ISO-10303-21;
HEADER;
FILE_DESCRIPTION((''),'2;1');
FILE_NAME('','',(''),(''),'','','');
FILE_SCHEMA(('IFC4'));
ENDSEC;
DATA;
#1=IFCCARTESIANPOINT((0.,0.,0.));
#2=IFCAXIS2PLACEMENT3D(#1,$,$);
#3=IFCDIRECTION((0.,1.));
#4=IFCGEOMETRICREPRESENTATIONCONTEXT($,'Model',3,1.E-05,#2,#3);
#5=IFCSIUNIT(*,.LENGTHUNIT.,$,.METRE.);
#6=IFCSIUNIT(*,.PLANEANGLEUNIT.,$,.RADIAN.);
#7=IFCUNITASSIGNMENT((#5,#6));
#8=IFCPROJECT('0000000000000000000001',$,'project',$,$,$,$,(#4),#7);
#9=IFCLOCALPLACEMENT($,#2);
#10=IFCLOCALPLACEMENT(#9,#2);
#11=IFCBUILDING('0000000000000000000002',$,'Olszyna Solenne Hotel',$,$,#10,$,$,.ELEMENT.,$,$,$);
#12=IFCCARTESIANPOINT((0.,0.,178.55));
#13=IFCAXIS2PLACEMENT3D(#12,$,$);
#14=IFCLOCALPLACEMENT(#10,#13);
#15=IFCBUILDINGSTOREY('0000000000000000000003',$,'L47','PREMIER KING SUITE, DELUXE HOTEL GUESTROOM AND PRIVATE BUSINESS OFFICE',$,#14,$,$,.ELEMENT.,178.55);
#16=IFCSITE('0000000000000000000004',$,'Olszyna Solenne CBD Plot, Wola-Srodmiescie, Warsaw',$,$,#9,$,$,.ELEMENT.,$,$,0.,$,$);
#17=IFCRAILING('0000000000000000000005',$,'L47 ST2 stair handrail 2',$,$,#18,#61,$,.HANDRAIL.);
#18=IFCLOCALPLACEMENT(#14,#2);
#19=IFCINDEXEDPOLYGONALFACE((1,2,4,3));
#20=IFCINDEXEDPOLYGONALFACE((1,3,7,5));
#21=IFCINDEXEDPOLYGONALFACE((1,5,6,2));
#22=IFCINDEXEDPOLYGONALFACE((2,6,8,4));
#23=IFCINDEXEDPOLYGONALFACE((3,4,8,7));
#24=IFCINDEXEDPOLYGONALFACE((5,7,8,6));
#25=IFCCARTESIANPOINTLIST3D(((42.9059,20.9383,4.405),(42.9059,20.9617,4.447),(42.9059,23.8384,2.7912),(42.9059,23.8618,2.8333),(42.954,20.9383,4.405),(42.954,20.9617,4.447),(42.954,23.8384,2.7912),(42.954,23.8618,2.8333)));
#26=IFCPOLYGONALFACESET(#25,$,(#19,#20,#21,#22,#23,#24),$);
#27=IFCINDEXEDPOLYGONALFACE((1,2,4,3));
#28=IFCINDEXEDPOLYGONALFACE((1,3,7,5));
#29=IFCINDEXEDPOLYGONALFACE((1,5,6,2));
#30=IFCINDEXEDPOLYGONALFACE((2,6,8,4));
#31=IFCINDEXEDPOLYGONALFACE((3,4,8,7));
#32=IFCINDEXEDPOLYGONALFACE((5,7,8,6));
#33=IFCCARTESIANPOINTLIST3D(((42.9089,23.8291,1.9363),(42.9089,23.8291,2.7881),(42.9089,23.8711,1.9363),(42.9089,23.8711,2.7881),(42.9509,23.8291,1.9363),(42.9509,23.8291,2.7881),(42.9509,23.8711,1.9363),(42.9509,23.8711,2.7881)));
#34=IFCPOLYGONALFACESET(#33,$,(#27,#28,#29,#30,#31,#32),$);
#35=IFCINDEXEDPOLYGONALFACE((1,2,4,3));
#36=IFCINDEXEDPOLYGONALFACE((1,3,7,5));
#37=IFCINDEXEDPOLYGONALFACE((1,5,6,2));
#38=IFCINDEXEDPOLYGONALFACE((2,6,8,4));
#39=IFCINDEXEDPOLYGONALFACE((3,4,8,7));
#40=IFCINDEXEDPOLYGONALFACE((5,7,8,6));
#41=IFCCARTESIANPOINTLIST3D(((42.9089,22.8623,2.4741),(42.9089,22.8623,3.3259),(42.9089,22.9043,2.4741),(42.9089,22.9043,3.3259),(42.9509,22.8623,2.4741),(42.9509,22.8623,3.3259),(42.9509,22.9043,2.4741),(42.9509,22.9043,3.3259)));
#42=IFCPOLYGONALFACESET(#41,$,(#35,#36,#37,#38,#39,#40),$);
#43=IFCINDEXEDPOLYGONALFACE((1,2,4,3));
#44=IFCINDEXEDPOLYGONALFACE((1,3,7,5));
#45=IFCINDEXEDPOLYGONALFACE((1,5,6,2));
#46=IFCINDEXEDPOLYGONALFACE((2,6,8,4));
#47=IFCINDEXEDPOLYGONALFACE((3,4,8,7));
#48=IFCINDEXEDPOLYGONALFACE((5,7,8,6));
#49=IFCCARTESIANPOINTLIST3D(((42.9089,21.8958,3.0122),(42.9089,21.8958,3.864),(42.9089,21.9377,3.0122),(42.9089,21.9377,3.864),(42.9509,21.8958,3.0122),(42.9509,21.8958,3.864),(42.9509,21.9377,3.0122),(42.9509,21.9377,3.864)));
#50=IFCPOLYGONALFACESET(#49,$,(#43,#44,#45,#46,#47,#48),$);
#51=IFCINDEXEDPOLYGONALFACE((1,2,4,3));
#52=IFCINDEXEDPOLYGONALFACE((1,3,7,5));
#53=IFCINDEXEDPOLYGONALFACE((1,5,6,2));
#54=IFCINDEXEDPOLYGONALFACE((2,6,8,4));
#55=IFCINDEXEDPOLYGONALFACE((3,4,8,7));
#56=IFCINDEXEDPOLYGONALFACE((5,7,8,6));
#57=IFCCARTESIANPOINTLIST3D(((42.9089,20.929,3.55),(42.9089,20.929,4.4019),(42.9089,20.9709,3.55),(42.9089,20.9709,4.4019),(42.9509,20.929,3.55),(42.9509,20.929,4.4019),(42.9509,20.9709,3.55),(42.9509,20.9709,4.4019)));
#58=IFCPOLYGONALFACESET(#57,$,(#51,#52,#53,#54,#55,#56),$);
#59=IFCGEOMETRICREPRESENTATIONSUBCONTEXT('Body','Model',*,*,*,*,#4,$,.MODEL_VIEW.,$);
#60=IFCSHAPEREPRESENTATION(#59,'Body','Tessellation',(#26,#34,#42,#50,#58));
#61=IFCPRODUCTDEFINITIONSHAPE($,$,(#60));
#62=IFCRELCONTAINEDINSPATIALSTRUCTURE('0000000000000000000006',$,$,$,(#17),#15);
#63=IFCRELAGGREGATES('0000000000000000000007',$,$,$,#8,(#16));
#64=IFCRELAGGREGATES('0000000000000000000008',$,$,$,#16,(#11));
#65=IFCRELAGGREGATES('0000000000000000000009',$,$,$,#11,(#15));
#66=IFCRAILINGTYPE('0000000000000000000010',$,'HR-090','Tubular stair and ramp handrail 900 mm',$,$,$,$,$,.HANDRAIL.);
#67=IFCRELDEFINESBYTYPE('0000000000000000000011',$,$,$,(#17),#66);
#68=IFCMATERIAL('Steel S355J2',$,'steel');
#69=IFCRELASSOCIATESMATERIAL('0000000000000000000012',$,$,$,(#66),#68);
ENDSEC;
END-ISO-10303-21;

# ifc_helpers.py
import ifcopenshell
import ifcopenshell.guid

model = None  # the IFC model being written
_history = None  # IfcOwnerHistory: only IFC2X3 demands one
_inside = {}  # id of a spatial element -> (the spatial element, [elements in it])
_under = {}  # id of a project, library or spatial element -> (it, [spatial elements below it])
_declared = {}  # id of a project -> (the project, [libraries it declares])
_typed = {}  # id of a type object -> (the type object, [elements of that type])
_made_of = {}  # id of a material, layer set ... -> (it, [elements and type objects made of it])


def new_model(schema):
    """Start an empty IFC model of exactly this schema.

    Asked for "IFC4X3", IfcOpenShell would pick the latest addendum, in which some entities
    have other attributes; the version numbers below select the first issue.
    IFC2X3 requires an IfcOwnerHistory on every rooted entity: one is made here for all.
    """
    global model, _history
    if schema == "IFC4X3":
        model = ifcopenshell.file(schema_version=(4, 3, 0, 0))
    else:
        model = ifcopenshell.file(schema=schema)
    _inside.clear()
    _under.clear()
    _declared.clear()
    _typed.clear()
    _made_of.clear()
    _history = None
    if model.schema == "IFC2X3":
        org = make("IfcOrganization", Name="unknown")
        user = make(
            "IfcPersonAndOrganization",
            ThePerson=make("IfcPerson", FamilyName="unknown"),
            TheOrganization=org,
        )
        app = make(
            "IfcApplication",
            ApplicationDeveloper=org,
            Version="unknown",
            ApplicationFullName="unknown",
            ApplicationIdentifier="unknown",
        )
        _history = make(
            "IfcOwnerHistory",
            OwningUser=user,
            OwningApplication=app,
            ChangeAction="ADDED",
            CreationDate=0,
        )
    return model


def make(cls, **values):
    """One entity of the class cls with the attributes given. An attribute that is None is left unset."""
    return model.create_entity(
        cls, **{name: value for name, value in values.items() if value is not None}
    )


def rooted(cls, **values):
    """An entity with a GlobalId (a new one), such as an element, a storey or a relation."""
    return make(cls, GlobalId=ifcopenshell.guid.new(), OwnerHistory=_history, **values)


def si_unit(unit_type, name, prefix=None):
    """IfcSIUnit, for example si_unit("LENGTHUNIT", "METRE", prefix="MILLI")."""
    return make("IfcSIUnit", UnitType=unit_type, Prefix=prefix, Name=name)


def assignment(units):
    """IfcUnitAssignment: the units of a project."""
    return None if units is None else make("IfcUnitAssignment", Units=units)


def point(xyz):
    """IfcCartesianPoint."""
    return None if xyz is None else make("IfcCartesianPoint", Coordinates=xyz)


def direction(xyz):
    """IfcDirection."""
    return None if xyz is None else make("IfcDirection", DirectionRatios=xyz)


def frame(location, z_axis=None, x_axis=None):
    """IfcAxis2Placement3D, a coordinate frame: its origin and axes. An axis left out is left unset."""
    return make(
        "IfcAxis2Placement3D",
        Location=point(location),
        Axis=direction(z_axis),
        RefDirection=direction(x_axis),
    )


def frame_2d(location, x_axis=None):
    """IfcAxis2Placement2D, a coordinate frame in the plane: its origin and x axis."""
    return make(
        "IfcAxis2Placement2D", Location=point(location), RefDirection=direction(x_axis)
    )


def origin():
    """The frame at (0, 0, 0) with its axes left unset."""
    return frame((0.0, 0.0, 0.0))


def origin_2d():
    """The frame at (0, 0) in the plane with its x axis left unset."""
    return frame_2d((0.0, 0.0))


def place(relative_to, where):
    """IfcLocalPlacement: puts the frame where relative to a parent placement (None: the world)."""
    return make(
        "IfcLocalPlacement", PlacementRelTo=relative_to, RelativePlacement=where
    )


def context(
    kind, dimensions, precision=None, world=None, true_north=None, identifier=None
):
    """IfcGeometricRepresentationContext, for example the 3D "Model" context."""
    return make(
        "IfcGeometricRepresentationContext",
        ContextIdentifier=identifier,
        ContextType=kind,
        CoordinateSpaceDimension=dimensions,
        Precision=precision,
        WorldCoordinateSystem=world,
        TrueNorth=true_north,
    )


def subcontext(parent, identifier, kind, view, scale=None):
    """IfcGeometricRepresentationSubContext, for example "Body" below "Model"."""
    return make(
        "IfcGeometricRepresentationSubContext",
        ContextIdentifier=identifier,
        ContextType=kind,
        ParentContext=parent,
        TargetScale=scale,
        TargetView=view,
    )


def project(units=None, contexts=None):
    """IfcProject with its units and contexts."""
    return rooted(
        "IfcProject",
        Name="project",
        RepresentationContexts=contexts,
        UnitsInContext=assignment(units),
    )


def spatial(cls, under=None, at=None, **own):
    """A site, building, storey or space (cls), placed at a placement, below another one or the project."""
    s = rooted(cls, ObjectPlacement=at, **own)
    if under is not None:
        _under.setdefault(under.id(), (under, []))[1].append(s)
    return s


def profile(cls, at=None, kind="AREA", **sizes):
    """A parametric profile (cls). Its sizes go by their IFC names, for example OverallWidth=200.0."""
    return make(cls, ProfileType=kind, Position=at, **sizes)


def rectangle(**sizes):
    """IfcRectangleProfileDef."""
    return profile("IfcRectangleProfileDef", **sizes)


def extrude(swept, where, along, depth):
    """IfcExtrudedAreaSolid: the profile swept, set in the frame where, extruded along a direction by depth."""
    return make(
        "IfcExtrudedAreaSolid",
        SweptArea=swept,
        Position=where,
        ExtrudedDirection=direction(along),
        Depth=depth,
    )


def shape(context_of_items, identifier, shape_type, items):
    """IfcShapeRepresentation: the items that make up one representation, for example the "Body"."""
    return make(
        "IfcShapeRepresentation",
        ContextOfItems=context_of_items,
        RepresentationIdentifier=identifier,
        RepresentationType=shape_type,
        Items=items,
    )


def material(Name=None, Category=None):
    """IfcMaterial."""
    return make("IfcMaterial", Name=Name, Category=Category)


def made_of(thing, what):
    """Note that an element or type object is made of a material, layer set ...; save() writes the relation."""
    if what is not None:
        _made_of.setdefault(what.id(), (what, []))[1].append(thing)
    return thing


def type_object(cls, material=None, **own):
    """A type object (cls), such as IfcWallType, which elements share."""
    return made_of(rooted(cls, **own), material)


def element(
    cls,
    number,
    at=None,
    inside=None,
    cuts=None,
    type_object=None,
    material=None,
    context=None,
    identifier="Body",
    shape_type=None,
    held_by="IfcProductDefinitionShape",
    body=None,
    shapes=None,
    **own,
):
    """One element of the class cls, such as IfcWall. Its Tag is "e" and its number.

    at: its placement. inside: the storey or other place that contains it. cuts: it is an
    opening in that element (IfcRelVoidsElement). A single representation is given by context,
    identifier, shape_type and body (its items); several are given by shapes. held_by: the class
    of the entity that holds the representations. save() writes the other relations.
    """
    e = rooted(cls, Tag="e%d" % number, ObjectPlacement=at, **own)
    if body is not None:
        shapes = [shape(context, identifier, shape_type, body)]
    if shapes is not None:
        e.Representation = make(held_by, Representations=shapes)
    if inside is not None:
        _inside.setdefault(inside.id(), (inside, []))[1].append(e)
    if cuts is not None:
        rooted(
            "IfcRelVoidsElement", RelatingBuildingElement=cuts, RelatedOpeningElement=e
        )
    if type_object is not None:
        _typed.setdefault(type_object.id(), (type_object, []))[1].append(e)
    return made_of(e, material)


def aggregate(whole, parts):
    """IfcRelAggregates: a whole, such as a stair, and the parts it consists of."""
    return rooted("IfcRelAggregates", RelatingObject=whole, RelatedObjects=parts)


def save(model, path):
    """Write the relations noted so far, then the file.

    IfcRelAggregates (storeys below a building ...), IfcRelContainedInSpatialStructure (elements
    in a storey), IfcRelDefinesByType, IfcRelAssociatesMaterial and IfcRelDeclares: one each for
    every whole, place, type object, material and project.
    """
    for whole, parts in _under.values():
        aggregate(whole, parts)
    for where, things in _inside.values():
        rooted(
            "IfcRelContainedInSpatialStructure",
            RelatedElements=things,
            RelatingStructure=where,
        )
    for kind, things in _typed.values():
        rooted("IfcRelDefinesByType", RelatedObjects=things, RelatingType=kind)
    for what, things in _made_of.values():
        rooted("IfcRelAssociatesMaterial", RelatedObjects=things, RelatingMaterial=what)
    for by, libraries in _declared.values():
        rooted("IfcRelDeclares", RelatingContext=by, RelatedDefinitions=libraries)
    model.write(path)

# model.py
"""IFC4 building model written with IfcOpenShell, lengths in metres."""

from ifc_helpers import new_model, si_unit, direction, frame, origin, origin_2d, place, context, subcontext, project, spatial, rectangle, extrude, material, type_object, element, save


model = new_model("IFC4")

# Units and contexts
model_context = context("Model", 3, precision=1e-05, world=origin(), true_north=direction((0.0, 1.0)))
body_context = subcontext(model_context, "Body", "Model", "MODEL_VIEW")
ifc_project = project(units=[si_unit("LENGTHUNIT", "METRE"), si_unit("PLANEANGLEUNIT", "RADIAN")], contexts=[model_context])

# Site, building, storey
site_placement = place(None, origin())
site = spatial("IfcSite", under=ifc_project, at=site_placement, Name="Olszyna Solenne CBD Plot, Wola-Srodmiescie, Warsaw", CompositionType="ELEMENT", RefElevation=0.0)
building_placement = place(site_placement, origin())
building = spatial("IfcBuilding", under=site, at=building_placement, Name="Olszyna Solenne Hotel", CompositionType="ELEMENT")
storey_placement = place(building_placement, frame((0.0, 0.0, 178.55)))
storey = spatial("IfcBuildingStorey", under=building, at=storey_placement, Name="L47", Description="PREMIER KING SUITE, DELUXE HOTEL GUESTROOM AND PRIVATE BUSINESS OFFICE", CompositionType="ELEMENT", Elevation=178.55)

# Shared definitions
ifc_material_1 = material(Name="Steel S355J2", Category="steel")

# Railing
railing_type_1 = type_object("IfcRailingType", Name="HR-090", Description="Tubular stair and ramp handrail 900 mm", PredefinedType="HANDRAIL", material=ifc_material_1)
railing_1_placement = place(storey_placement, frame((42.9299, 23.8501, 1.9363)))
element("IfcRailing", 1, at=railing_1_placement, inside=storey, type_object=railing_type_1, Name="L47 ST2 stair handrail 2", PredefinedType="HANDRAIL", context=body_context, shape_type="SweptSolid", body=[
    extrude(rectangle(XDim=0.0481, YDim=0.0481, at=origin_2d()), frame((0.0, 0.0, 0.876), z_axis=(0.0, -0.873827, 0.486236), x_axis=(1.0, 0.0, 0.0)), (0.0, 0.0, 1.0), 3.3188),
    extrude(rectangle(XDim=0.042, YDim=0.042, at=origin_2d()), origin(), (0.0, 0.0, 1.0), 0.8518),
    extrude(rectangle(XDim=0.042, YDim=0.042, at=origin_2d()), frame((0.0, -0.9668, 0.5378)), (0.0, 0.0, 1.0), 0.8518),
    extrude(rectangle(XDim=0.042, YDim=0.042, at=origin_2d()), frame((0.0, -1.9333, 1.0759)), (0.0, 0.0, 1.0), 0.8518),
    extrude(rectangle(XDim=0.042, YDim=0.042, at=origin_2d()), frame((0.0, -2.9001, 1.6138)), (0.0, 0.0, 1.0), 0.8518),
])

save(model, "model.ifc")
